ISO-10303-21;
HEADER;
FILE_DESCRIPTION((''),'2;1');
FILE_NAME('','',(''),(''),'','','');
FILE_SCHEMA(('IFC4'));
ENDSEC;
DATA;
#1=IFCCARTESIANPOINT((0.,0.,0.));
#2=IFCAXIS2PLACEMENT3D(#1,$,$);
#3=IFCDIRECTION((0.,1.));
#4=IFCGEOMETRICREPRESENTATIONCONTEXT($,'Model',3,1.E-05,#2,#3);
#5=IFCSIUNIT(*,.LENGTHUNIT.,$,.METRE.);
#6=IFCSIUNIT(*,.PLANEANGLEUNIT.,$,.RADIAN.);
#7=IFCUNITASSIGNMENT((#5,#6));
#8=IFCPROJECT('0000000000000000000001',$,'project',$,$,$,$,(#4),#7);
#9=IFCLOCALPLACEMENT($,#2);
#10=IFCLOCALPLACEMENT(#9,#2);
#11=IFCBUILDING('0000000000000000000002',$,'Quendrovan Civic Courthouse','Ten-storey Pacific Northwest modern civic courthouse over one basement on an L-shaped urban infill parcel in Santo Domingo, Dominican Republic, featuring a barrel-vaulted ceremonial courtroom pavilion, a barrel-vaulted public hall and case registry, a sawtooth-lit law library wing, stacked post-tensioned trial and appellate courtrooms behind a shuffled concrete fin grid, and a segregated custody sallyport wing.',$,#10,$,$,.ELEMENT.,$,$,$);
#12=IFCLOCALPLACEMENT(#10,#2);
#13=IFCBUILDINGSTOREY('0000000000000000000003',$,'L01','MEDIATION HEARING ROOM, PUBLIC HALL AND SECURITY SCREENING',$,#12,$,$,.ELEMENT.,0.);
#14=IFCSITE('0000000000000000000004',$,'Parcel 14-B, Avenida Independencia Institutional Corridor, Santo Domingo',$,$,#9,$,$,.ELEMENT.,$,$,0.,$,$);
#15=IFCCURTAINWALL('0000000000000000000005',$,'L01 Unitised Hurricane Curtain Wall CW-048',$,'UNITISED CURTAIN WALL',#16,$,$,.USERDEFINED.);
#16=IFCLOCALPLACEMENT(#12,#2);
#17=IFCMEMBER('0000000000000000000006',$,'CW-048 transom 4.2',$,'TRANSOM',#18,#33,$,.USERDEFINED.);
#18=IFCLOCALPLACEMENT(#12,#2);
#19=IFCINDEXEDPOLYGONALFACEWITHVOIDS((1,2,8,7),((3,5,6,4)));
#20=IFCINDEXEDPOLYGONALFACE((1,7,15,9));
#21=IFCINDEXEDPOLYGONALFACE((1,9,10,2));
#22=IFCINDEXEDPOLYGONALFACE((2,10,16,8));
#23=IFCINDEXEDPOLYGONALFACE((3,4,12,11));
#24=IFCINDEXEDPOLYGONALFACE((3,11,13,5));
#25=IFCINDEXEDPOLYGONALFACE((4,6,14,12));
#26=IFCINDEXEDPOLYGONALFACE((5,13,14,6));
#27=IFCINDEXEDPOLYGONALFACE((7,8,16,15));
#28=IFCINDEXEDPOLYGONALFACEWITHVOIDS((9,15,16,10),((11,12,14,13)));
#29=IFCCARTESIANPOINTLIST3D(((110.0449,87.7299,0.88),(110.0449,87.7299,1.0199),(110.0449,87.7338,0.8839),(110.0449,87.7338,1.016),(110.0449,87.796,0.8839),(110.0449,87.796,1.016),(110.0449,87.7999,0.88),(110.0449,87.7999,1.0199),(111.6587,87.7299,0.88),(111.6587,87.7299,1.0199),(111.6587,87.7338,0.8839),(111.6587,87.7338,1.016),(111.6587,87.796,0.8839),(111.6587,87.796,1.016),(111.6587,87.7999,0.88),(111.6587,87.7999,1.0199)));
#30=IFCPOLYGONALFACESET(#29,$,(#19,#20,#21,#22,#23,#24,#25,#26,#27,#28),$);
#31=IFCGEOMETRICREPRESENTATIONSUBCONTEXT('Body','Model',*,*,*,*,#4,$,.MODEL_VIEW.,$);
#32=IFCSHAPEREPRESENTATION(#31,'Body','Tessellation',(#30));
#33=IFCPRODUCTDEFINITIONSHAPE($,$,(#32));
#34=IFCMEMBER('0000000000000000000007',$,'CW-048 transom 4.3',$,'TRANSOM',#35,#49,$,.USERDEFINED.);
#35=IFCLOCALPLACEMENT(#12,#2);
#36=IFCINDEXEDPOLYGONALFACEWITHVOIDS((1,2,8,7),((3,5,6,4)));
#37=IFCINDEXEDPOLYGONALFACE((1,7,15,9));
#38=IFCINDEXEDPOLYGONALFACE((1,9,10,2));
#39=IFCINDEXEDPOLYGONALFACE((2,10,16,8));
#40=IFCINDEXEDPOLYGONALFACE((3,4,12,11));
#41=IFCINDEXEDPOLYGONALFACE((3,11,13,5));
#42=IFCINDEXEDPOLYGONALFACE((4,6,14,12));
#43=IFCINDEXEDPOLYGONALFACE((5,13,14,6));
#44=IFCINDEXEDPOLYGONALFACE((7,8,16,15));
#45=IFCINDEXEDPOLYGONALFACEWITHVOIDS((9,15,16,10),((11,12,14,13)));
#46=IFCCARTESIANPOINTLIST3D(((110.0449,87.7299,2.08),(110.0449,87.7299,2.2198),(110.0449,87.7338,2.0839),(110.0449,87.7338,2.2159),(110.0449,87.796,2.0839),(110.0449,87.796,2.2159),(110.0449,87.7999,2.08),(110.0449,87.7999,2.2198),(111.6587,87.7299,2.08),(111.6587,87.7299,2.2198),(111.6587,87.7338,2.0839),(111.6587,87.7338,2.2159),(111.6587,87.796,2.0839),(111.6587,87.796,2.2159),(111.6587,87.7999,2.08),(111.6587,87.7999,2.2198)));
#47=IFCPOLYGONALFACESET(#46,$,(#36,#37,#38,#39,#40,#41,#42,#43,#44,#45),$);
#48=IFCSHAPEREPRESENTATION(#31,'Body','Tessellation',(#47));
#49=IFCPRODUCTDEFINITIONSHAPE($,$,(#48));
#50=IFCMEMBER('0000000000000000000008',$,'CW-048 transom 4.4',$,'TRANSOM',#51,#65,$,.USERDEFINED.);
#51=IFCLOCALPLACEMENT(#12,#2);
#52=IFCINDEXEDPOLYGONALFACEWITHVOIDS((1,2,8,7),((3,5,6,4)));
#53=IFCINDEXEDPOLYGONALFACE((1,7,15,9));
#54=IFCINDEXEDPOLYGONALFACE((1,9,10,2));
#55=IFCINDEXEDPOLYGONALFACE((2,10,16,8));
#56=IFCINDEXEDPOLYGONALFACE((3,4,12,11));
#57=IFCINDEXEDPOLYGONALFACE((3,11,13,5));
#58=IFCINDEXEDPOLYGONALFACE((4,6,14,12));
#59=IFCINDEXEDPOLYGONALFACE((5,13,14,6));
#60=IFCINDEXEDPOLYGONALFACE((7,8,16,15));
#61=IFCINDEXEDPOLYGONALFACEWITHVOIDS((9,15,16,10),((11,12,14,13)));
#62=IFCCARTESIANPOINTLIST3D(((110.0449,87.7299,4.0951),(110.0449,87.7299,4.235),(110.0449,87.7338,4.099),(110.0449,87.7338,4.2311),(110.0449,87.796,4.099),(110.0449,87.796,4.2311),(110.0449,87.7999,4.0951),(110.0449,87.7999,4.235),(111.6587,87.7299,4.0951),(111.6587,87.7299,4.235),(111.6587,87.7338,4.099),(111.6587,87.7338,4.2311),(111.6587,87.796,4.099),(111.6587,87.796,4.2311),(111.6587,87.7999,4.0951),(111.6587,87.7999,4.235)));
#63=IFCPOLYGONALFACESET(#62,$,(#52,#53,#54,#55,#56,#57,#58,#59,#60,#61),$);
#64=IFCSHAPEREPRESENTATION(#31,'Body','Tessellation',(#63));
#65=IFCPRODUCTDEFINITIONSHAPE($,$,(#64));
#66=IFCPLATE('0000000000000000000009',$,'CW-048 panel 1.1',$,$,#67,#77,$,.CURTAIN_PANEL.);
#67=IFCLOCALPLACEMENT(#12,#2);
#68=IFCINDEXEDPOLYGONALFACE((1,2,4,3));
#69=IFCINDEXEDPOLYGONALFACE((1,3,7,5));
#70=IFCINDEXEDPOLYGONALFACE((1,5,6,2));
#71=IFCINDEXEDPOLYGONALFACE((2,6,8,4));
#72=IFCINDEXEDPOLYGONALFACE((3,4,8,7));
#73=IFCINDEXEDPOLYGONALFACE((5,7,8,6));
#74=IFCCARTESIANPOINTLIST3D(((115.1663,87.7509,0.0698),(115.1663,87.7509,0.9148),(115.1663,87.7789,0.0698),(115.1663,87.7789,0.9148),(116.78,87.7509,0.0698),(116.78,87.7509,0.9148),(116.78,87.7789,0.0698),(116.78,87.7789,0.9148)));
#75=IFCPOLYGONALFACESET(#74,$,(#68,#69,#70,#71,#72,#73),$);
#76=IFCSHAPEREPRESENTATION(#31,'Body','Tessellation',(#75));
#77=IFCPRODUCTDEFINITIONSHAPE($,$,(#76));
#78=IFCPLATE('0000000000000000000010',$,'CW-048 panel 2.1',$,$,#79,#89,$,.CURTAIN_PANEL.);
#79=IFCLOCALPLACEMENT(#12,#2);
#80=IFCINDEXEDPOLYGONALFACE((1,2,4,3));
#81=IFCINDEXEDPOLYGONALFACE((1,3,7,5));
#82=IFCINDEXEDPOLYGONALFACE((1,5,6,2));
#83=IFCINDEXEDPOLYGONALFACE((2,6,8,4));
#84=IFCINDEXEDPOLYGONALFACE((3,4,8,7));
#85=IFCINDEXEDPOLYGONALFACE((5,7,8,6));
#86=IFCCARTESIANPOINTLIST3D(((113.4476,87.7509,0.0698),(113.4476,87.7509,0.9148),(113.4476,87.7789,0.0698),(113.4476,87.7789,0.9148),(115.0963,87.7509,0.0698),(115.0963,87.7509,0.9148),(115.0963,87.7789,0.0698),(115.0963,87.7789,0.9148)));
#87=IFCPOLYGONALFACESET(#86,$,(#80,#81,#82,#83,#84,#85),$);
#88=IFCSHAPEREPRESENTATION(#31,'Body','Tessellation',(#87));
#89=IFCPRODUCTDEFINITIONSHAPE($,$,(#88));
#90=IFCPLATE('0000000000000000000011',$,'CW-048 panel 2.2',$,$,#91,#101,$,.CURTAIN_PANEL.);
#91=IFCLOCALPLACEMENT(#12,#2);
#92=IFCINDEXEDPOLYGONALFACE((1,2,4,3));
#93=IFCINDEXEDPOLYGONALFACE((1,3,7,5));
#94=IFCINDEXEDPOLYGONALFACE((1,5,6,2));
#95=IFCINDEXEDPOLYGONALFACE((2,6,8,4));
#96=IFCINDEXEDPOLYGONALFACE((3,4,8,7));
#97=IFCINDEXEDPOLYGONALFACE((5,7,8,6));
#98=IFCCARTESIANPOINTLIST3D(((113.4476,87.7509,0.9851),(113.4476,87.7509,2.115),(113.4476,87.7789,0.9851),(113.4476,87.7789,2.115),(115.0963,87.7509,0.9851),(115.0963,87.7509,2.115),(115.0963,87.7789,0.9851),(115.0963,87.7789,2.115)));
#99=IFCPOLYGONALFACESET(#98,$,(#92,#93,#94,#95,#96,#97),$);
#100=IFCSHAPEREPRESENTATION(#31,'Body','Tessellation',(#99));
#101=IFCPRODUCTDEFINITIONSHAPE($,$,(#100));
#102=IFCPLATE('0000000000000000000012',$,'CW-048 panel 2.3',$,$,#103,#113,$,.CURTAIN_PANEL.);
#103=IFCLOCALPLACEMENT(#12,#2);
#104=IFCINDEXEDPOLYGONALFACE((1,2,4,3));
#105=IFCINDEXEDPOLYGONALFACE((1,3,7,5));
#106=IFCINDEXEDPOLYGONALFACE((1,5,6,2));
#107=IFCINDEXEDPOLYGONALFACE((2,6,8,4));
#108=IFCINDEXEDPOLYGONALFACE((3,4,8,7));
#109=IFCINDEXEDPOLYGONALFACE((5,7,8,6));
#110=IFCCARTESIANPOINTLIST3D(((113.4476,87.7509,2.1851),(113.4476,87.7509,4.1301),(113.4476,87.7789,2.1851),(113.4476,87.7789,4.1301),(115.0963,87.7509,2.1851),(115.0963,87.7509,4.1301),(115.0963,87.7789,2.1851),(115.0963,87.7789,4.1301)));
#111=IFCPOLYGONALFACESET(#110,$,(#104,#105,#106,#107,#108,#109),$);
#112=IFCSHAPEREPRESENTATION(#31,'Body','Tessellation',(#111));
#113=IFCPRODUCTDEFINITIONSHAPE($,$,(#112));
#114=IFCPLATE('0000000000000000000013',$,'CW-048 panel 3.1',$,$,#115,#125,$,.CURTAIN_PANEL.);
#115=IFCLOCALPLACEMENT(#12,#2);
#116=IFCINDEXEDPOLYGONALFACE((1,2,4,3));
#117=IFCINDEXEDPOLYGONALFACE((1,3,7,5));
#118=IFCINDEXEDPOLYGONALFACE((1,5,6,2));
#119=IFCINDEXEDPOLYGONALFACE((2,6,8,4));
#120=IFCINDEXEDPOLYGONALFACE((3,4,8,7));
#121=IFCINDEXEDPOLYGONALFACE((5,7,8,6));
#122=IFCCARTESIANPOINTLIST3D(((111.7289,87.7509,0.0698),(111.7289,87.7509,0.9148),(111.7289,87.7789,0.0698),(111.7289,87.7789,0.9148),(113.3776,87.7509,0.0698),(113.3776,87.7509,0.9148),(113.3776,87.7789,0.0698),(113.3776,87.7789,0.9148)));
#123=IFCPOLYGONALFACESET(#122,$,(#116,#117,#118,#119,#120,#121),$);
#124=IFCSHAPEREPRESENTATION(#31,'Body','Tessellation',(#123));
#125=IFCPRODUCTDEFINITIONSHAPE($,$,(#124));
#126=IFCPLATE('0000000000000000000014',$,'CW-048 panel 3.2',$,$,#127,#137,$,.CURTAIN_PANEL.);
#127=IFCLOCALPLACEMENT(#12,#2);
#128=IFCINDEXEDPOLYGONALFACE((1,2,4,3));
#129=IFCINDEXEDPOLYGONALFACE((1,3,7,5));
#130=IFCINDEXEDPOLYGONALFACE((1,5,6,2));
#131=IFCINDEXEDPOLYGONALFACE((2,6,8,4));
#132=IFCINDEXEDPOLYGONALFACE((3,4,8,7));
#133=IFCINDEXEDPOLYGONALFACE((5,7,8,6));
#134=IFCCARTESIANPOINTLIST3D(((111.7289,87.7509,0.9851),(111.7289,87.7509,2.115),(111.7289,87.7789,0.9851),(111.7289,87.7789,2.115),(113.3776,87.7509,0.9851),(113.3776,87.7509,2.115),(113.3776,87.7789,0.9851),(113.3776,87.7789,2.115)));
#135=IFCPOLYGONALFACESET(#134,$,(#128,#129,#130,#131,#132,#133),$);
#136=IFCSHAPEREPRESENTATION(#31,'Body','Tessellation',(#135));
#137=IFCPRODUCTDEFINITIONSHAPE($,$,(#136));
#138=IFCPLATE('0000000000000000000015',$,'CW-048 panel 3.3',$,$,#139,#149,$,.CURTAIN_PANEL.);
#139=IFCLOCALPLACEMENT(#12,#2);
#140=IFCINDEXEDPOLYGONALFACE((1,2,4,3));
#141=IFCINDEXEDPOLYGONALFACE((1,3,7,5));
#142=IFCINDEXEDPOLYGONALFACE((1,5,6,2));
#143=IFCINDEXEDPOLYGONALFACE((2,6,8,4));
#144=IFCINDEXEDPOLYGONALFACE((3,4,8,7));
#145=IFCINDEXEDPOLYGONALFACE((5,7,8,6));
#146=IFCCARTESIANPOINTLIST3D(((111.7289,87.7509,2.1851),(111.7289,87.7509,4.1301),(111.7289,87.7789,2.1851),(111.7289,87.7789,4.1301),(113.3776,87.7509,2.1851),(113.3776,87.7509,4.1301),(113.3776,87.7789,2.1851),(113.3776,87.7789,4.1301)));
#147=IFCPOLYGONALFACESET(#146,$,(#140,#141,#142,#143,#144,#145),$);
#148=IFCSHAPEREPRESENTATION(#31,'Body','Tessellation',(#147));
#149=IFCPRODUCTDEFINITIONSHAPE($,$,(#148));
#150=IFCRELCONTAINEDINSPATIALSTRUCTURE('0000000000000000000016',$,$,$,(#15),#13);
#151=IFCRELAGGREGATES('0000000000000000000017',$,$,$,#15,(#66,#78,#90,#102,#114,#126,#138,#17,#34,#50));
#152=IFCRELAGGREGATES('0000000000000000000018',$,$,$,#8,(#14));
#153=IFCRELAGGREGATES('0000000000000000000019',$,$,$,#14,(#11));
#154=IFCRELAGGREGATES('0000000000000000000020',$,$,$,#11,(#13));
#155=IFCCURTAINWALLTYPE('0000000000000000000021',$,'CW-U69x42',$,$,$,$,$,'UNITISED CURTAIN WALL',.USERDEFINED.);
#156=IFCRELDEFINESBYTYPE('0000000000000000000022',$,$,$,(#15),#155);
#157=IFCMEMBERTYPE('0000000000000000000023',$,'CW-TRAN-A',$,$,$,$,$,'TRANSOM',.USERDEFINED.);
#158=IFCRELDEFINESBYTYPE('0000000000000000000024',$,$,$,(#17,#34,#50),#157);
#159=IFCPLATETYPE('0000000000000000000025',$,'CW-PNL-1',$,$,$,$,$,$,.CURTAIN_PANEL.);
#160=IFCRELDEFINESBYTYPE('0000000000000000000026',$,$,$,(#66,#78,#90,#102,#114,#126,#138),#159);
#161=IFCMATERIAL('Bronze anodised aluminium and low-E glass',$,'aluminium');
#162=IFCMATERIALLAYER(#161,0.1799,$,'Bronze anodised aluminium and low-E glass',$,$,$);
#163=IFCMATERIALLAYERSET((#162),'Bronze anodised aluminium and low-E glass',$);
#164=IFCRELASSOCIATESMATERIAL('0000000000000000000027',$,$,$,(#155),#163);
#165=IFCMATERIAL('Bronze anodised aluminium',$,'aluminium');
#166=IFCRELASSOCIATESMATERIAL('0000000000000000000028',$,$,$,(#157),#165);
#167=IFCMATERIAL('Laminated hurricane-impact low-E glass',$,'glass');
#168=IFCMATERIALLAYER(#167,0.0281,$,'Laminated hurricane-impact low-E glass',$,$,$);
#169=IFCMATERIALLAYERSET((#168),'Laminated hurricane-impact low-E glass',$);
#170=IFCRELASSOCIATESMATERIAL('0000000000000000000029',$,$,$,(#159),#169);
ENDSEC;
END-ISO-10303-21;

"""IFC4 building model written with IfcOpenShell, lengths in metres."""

from ifc_helpers import new_model, si_unit, direction, frame, origin, origin_2d, place, context, subcontext, project, spatial, rectangle, hollow_rectangle, extrude, material, layer, layer_set, material_profile, profile_set, type_object, element, aggregate, save


model = new_model("IFC4")

# Units and contexts
model_context = context("Model", 3, precision=1e-05, world=origin(), true_north=direction((0.0, 1.0)))
body_context = subcontext(model_context, "Body", "Model", "MODEL_VIEW")
ifc_project = project(units=[si_unit("LENGTHUNIT", "METRE"), si_unit("PLANEANGLEUNIT", "RADIAN")], contexts=[model_context])

# Site, building, storey
site_placement = place(None, origin())
site = spatial("IfcSite", under=ifc_project, at=site_placement, Name="Parcel 14-B, Avenida Independencia Institutional Corridor, Santo Domingo", CompositionType="ELEMENT", RefElevation=0.0)
building_placement = place(site_placement, origin())
building = spatial("IfcBuilding", under=site, at=building_placement, Name="Quendrovan Civic Courthouse", Description="Ten-storey Pacific Northwest modern civic courthouse over one basement on an L-shaped urban infill parcel in Santo Domingo, Dominican Republic, featuring a barrel-vaulted ceremonial courtroom pavilion, a barrel-vaulted public hall and case registry, a sawtooth-lit law library wing, stacked post-tensioned trial and appellate courtrooms behind a shuffled concrete fin grid, and a segregated custody sallyport wing.", CompositionType="ELEMENT")
storey_placement = place(building_placement, origin())
storey = spatial("IfcBuildingStorey", under=building, at=storey_placement, Name="L01", Description="MEDIATION HEARING ROOM, PUBLIC HALL AND SECURITY SCREENING", CompositionType="ELEMENT", Elevation=0.0)

# Curtain wall, members, plates
ifc_material_1 = material(Name="Bronze anodised aluminium and low-E glass", Category="aluminium")
ifc_layer_1 = layer(ifc_material_1, 0.1799, Name="Bronze anodised aluminium and low-E glass")
ifc_layer_set_1 = layer_set([ifc_layer_1], Name="Bronze anodised aluminium and low-E glass")
curtain_wall_type = type_object("IfcCurtainWallType", Name="CW-U69x42", ElementType="UNITISED CURTAIN WALL", PredefinedType="USERDEFINED", material=ifc_layer_set_1)
curtain_wall_placement = place(storey_placement, origin())
curtain_wall = element("IfcCurtainWall", 1, at=curtain_wall_placement, inside=storey, type_object=curtain_wall_type, Name="L01 Unitised Hurricane Curtain Wall CW-048", ObjectType="UNITISED CURTAIN WALL", PredefinedType="USERDEFINED")
ifc_material_2 = material(Name="Bronze anodised aluminium", Category="aluminium")
ifc_material_profile_1 = material_profile(ifc_material_2, hollow_rectangle(XDim=0.0701, YDim=0.1399, WallThickness=0.0039, at=origin_2d()), Name="CW-TRAN-70x140")
ifc_profile_set_1 = profile_set([ifc_material_profile_1], Name="Bronze anodised aluminium")
member_type_1 = type_object("IfcMemberType", Name="CW-TRAN-A", ElementType="TRANSOM", PredefinedType="USERDEFINED", material=ifc_profile_set_1)
member_1_placement = place(storey_placement, frame((111.6587, 87.7649, 0.95), z_axis=(-1.0, 0.0, 0.0), x_axis=(0.0, -1.0, 0.0)))
member_1 = element("IfcMember", 2, at=member_1_placement, type_object=member_type_1, Name="CW-048 transom 4.2", ObjectType="TRANSOM", PredefinedType="USERDEFINED", context=body_context, shape_type="SweptSolid", body=[
    extrude(hollow_rectangle(XDim=0.0701, YDim=0.1399, WallThickness=0.0039, at=origin_2d()), origin(), (0.0, 0.0, 1.0), 1.6138),
])
member_2_placement = place(storey_placement, frame((111.6587, 87.7649, 2.1499), z_axis=(-1.0, 0.0, 0.0), x_axis=(0.0, -1.0, 0.0)))
member_2 = element("IfcMember", 3, at=member_2_placement, type_object=member_type_1, Name="CW-048 transom 4.3", ObjectType="TRANSOM", PredefinedType="USERDEFINED", context=body_context, shape_type="SweptSolid", body=[
    extrude(hollow_rectangle(XDim=0.0701, YDim=0.1399, WallThickness=0.0039, at=origin_2d()), origin(), (0.0, 0.0, 1.0), 1.6138),
])
member_3_placement = place(storey_placement, frame((111.6587, 87.7649, 4.165), z_axis=(-1.0, 0.0, 0.0), x_axis=(0.0, -1.0, 0.0)))
member_3 = element("IfcMember", 4, at=member_3_placement, type_object=member_type_1, Name="CW-048 transom 4.4", ObjectType="TRANSOM", PredefinedType="USERDEFINED", context=body_context, shape_type="SweptSolid", body=[
    extrude(hollow_rectangle(XDim=0.0701, YDim=0.1399, WallThickness=0.0039, at=origin_2d()), origin(), (0.0, 0.0, 1.0), 1.6138),
])
ifc_material_3 = material(Name="Laminated hurricane-impact low-E glass", Category="glass")
ifc_layer_2 = layer(ifc_material_3, 0.0281, Name="Laminated hurricane-impact low-E glass")
ifc_layer_set_2 = layer_set([ifc_layer_2], Name="Laminated hurricane-impact low-E glass")
plate_type = type_object("IfcPlateType", Name="CW-PNL-1", PredefinedType="CURTAIN_PANEL", material=ifc_layer_set_2)
plate_1_placement = place(storey_placement, frame((115.9731, 87.7649, 0.0698), z_axis=(0.0, 0.0, 1.0), x_axis=(-1.0, 0.0, 0.0)))
plate_1 = element("IfcPlate", 5, at=plate_1_placement, type_object=plate_type, Name="CW-048 panel 1.1", PredefinedType="CURTAIN_PANEL", context=body_context, shape_type="SweptSolid", body=[
    extrude(rectangle(XDim=1.6138, YDim=0.0281, at=origin_2d()), origin(), (0.0, 0.0, 1.0), 0.845),
])
plate_2_placement = place(storey_placement, frame((114.272, 87.7649, 0.0698), z_axis=(0.0, 0.0, 1.0), x_axis=(-1.0, 0.0, 0.0)))
plate_2 = element("IfcPlate", 6, at=plate_2_placement, type_object=plate_type, Name="CW-048 panel 2.1", PredefinedType="CURTAIN_PANEL", context=body_context, shape_type="SweptSolid", body=[
    extrude(rectangle(XDim=1.6487, YDim=0.0281, at=origin_2d()), origin(), (0.0, 0.0, 1.0), 0.845),
])
plate_3_placement = place(storey_placement, frame((114.272, 87.7649, 0.9851), z_axis=(0.0, 0.0, 1.0), x_axis=(-1.0, 0.0, 0.0)))
plate_3 = element("IfcPlate", 7, at=plate_3_placement, type_object=plate_type, Name="CW-048 panel 2.2", PredefinedType="CURTAIN_PANEL", context=body_context, shape_type="SweptSolid", body=[
    extrude(rectangle(XDim=1.6487, YDim=0.0281, at=origin_2d()), origin(), (0.0, 0.0, 1.0), 1.1299),
])
plate_4_placement = place(storey_placement, frame((114.272, 87.7649, 2.1851), z_axis=(0.0, 0.0, 1.0), x_axis=(-1.0, 0.0, 0.0)))
plate_4 = element("IfcPlate", 8, at=plate_4_placement, type_object=plate_type, Name="CW-048 panel 2.3", PredefinedType="CURTAIN_PANEL", context=body_context, shape_type="SweptSolid", body=[
    extrude(rectangle(XDim=1.6487, YDim=0.0281, at=origin_2d()), origin(), (0.0, 0.0, 1.0), 1.9451),
])
plate_5_placement = place(storey_placement, frame((112.5532, 87.7649, 0.0698), z_axis=(0.0, 0.0, 1.0), x_axis=(-1.0, 0.0, 0.0)))
plate_5 = element("IfcPlate", 9, at=plate_5_placement, type_object=plate_type, Name="CW-048 panel 3.1", PredefinedType="CURTAIN_PANEL", context=body_context, shape_type="SweptSolid", body=[
    extrude(rectangle(XDim=1.6487, YDim=0.0281, at=origin_2d()), origin(), (0.0, 0.0, 1.0), 0.845),
])
plate_6_placement = place(storey_placement, frame((112.5532, 87.7649, 0.9851), z_axis=(0.0, 0.0, 1.0), x_axis=(-1.0, 0.0, 0.0)))
plate_6 = element("IfcPlate", 10, at=plate_6_placement, type_object=plate_type, Name="CW-048 panel 3.2", PredefinedType="CURTAIN_PANEL", context=body_context, shape_type="SweptSolid", body=[
    extrude(rectangle(XDim=1.6487, YDim=0.0281, at=origin_2d()), origin(), (0.0, 0.0, 1.0), 1.1299),
])
plate_7_placement = place(storey_placement, frame((112.5532, 87.7649, 2.1851), z_axis=(0.0, 0.0, 1.0), x_axis=(-1.0, 0.0, 0.0)))
plate_7 = element("IfcPlate", 11, at=plate_7_placement, type_object=plate_type, Name="CW-048 panel 3.3", PredefinedType="CURTAIN_PANEL", context=body_context, shape_type="SweptSolid", body=[
    extrude(rectangle(XDim=1.6487, YDim=0.0281, at=origin_2d()), origin(), (0.0, 0.0, 1.0), 1.9451),
])
aggregate(curtain_wall, [plate_1, plate_2, plate_3, plate_4, plate_5, plate_6, plate_7, member_1, member_2, member_3])

save(model, "model.ifc")
